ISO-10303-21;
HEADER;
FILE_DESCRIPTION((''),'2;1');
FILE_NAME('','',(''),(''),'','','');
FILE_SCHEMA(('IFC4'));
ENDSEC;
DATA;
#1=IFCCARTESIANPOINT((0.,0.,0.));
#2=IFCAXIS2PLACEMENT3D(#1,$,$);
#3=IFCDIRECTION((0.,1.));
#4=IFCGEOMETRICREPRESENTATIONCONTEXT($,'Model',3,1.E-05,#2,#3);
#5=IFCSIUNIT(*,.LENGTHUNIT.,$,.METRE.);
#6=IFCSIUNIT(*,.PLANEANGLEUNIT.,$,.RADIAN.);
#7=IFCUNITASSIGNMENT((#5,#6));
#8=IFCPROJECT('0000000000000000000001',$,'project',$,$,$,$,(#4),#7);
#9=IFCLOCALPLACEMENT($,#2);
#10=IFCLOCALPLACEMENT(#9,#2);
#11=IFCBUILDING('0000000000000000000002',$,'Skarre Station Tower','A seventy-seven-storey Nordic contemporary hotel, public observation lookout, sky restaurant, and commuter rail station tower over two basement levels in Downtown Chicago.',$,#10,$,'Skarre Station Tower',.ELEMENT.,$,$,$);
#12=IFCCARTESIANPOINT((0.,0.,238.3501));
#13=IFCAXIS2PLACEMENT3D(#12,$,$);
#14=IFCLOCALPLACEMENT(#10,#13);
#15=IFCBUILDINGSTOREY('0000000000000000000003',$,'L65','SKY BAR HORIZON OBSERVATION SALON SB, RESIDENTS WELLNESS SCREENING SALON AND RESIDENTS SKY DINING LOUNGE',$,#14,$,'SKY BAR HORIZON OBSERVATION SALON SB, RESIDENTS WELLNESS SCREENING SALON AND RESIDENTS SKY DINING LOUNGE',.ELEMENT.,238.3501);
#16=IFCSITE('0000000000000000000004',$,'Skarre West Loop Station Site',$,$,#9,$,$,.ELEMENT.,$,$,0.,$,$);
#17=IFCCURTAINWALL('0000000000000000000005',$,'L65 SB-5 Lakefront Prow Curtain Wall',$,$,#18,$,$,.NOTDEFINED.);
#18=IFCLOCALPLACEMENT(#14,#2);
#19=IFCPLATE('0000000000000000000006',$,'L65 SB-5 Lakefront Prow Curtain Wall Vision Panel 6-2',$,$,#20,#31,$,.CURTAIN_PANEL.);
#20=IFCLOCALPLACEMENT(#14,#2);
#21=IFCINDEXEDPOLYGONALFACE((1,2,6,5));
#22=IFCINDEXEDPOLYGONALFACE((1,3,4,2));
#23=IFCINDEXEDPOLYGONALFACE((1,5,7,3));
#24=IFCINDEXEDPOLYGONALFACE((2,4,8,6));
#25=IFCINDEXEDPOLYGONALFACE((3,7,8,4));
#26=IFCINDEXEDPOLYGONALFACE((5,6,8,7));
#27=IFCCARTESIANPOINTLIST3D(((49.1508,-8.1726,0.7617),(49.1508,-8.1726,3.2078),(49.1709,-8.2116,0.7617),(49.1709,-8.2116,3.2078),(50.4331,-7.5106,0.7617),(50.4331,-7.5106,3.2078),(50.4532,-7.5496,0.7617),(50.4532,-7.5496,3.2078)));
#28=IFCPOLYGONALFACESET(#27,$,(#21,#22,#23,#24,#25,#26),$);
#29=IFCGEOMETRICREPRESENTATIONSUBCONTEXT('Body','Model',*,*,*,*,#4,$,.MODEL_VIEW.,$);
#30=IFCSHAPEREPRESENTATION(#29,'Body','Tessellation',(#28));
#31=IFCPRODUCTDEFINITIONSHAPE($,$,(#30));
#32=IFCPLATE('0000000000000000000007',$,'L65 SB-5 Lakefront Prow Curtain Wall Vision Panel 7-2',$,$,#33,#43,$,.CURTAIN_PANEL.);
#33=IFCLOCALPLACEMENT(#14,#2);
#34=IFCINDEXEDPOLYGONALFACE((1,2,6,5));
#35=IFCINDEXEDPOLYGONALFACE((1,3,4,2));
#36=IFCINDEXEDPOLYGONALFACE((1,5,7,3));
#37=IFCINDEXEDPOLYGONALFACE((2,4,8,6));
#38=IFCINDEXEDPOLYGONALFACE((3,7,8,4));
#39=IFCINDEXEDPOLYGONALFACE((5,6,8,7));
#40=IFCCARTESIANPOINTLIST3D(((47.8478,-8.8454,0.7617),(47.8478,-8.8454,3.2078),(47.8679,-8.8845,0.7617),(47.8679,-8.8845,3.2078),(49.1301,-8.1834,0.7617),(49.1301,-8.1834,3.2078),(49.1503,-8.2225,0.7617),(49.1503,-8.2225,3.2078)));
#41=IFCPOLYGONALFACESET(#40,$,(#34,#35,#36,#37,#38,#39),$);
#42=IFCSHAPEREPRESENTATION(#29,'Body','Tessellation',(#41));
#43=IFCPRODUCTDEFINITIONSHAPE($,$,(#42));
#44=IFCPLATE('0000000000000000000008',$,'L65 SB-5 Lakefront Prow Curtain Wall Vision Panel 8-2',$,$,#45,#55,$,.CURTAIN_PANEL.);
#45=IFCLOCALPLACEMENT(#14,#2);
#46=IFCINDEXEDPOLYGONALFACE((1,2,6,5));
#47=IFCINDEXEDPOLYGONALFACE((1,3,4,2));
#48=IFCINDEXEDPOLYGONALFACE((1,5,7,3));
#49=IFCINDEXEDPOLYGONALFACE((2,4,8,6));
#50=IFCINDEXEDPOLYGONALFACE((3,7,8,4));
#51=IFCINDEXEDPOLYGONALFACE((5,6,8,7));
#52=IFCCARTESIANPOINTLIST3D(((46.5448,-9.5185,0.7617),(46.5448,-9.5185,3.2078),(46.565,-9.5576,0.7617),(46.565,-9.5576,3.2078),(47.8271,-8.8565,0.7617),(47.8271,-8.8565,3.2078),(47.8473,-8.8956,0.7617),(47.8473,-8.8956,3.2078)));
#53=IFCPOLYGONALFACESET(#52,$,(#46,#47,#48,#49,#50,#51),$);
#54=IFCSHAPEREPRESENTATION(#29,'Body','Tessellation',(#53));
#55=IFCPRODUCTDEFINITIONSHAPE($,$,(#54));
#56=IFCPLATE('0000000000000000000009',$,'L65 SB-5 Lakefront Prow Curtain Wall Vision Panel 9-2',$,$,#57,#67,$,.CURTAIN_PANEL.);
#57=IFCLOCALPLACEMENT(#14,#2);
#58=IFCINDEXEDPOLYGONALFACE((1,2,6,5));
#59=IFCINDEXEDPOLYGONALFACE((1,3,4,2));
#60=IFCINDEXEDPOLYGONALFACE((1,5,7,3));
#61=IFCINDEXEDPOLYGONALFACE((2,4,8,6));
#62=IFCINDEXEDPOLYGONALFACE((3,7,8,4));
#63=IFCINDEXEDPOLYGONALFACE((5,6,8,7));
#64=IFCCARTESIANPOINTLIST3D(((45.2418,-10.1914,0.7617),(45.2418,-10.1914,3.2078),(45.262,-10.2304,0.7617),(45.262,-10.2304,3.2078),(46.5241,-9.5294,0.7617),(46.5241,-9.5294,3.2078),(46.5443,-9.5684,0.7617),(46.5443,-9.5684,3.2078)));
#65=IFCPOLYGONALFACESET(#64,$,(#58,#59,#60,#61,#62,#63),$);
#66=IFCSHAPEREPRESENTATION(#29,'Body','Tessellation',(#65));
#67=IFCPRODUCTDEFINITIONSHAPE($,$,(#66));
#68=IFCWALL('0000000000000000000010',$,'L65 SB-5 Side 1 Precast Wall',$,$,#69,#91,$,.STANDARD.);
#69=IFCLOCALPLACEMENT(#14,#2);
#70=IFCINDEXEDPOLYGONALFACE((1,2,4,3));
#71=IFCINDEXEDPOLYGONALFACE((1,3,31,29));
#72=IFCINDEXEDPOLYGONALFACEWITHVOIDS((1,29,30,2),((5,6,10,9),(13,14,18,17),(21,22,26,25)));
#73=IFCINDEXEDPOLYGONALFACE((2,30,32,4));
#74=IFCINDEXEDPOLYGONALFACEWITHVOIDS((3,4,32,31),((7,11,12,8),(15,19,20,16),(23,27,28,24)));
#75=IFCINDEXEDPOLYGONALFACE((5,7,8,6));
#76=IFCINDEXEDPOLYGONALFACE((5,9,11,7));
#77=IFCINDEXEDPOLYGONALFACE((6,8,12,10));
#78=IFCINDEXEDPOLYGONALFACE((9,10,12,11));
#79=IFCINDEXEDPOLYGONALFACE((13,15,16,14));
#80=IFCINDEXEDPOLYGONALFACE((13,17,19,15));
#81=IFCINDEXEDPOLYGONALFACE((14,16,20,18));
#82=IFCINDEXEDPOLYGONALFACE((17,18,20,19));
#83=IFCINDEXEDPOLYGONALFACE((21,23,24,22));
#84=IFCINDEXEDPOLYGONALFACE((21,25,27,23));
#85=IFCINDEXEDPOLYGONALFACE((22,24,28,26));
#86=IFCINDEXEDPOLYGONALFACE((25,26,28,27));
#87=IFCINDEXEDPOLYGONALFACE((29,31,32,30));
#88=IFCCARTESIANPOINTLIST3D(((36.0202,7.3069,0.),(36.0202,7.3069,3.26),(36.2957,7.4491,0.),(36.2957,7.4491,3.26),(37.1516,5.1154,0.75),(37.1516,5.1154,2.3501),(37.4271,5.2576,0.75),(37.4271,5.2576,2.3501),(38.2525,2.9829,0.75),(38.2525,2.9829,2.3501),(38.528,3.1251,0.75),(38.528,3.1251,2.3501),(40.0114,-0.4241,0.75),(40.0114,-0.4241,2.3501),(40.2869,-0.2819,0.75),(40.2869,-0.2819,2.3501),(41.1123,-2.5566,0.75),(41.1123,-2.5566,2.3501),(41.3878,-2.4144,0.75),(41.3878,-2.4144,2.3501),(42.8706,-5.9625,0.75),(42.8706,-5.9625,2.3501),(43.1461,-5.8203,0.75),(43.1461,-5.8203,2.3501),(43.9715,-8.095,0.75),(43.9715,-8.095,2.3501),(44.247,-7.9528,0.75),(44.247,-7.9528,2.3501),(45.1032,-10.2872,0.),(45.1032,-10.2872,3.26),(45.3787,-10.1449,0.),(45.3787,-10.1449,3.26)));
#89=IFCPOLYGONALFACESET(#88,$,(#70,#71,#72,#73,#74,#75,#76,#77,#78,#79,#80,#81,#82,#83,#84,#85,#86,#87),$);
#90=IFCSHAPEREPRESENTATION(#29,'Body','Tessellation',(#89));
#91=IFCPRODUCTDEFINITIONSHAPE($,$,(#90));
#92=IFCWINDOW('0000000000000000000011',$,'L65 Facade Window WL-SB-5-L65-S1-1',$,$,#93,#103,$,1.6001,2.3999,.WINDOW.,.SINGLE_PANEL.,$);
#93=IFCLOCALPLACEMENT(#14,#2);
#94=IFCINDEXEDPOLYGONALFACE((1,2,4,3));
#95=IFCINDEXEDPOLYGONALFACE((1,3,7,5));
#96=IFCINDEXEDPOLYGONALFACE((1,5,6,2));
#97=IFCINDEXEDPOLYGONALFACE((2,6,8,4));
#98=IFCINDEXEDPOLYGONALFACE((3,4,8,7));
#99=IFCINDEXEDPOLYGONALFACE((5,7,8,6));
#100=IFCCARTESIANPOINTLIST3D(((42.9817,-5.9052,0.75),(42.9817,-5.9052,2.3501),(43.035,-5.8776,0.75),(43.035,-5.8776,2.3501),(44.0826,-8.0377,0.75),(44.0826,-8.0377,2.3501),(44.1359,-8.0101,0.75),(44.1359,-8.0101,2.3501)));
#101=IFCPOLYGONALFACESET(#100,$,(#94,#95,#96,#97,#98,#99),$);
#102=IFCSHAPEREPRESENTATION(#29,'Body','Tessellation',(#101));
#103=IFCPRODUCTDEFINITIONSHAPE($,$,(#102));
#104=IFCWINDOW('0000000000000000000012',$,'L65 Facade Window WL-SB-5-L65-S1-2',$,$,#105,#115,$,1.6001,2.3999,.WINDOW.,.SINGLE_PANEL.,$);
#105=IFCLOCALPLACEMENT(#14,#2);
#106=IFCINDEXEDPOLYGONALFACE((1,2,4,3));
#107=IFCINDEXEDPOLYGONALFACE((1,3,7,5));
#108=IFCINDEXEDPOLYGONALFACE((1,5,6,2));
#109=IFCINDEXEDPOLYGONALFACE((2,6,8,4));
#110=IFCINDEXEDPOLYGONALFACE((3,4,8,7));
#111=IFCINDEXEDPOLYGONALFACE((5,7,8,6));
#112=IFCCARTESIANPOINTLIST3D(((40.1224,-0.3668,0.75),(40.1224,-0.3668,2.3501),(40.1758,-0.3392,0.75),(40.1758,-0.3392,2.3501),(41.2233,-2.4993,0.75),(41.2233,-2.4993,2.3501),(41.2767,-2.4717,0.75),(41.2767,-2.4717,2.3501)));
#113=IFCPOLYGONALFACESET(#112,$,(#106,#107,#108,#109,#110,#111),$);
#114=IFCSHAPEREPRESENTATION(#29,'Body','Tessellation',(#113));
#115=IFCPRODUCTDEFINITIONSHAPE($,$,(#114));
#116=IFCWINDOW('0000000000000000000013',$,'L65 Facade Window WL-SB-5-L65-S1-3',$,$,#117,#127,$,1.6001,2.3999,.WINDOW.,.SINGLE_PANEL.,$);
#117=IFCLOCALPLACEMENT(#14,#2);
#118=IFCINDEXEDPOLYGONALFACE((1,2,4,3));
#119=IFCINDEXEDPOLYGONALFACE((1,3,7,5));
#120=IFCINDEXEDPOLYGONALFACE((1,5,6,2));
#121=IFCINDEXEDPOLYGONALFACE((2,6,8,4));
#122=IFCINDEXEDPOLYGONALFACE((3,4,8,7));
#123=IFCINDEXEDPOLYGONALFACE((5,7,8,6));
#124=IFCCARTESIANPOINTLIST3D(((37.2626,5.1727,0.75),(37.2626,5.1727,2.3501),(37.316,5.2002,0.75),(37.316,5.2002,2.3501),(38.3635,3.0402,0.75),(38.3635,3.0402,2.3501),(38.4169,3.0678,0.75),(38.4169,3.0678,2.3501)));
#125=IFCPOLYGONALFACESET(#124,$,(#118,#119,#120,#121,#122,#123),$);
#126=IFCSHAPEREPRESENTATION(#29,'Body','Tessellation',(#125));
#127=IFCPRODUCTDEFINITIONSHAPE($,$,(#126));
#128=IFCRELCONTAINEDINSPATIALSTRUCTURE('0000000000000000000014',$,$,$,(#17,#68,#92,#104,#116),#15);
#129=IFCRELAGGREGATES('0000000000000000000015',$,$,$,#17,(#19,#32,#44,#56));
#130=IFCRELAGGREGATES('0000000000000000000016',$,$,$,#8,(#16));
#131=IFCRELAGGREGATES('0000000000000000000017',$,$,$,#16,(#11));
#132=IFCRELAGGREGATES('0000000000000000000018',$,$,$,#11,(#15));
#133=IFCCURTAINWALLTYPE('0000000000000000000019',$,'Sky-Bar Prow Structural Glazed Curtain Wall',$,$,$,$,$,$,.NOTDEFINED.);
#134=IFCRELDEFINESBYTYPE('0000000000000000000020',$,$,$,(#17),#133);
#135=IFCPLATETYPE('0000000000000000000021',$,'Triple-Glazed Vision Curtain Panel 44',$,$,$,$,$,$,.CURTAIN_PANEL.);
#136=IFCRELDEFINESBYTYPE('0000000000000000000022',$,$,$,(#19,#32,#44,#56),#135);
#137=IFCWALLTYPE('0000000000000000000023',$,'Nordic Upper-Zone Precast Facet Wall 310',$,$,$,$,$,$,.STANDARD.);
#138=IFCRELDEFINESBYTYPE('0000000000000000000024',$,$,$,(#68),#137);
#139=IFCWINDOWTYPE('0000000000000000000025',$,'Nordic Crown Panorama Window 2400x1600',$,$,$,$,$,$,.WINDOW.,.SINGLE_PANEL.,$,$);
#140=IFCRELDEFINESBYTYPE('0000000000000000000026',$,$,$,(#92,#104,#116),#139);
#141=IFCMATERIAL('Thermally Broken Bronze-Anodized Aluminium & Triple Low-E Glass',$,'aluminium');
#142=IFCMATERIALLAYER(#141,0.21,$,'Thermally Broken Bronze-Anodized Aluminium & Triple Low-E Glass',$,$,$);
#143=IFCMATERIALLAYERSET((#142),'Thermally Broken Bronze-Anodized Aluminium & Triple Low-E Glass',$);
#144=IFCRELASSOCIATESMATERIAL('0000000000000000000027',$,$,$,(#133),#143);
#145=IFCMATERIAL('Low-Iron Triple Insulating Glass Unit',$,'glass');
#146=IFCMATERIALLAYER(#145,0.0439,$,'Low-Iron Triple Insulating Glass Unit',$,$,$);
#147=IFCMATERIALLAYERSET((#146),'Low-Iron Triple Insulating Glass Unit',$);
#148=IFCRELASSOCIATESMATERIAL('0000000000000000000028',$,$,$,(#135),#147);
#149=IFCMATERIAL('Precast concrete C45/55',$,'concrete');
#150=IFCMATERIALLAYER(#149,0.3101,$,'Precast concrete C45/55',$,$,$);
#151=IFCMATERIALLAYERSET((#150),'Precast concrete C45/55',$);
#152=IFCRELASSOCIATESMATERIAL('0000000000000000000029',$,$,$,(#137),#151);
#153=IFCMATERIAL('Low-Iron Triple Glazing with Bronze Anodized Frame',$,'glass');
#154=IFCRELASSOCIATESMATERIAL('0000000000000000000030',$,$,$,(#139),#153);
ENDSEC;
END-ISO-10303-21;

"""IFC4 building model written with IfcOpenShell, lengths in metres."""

from ifc_helpers import new_model, si_unit, direction, frame, frame_2d, origin, origin_2d, place, context, subcontext, project, spatial, rectangle, extrude, material, layer, layer_set, type_object, element, fill, aggregate, save


model = new_model("IFC4")

# Units and contexts
model_context = context("Model", 3, precision=1e-05, world=origin(), true_north=direction((0.0, 1.0)))
body_context = subcontext(model_context, "Body", "Model", "MODEL_VIEW")
ifc_project = project(units=[si_unit("LENGTHUNIT", "METRE"), si_unit("PLANEANGLEUNIT", "RADIAN")], contexts=[model_context])

# Site, building, storey
site_placement = place(None, origin())
site = spatial("IfcSite", under=ifc_project, at=site_placement, Name="Skarre West Loop Station Site", CompositionType="ELEMENT", RefElevation=0.0)
building_placement = place(site_placement, origin())
building = spatial("IfcBuilding", under=site, at=building_placement, Name="Skarre Station Tower", Description="A seventy-seven-storey Nordic contemporary hotel, public observation lookout, sky restaurant, and commuter rail station tower over two basement levels in Downtown Chicago.", LongName="Skarre Station Tower", CompositionType="ELEMENT")
storey_placement = place(building_placement, frame((0.0, 0.0, 238.3501)))
storey = spatial("IfcBuildingStorey", under=building, at=storey_placement, Name="L65", Description="SKY BAR HORIZON OBSERVATION SALON SB, RESIDENTS WELLNESS SCREENING SALON AND RESIDENTS SKY DINING LOUNGE", LongName="SKY BAR HORIZON OBSERVATION SALON SB, RESIDENTS WELLNESS SCREENING SALON AND RESIDENTS SKY DINING LOUNGE", CompositionType="ELEMENT", Elevation=238.3501)

# Curtain wall
ifc_material_1 = material(Name="Thermally Broken Bronze-Anodized Aluminium & Triple Low-E Glass", Category="aluminium")
ifc_layer_1 = layer(ifc_material_1, 0.21, Name="Thermally Broken Bronze-Anodized Aluminium & Triple Low-E Glass")
ifc_layer_set_1 = layer_set([ifc_layer_1], Name="Thermally Broken Bronze-Anodized Aluminium & Triple Low-E Glass")
curtain_wall_type = type_object("IfcCurtainWallType", Name="Sky-Bar Prow Structural Glazed Curtain Wall", PredefinedType="NOTDEFINED", material=ifc_layer_set_1)
curtain_wall_placement = place(storey_placement, origin())
curtain_wall = element("IfcCurtainWall", 1, at=curtain_wall_placement, inside=storey, type_object=curtain_wall_type, Name="L65 SB-5 Lakefront Prow Curtain Wall", PredefinedType="NOTDEFINED")

# Plates
ifc_material_2 = material(Name="Low-Iron Triple Insulating Glass Unit", Category="glass")
ifc_layer_2 = layer(ifc_material_2, 0.0439, Name="Low-Iron Triple Insulating Glass Unit")
ifc_layer_set_2 = layer_set([ifc_layer_2], Name="Low-Iron Triple Insulating Glass Unit")
plate_type_1 = type_object("IfcPlateType", Name="Triple-Glazed Vision Curtain Panel 44", PredefinedType="CURTAIN_PANEL", material=ifc_layer_set_2)
plate_1_placement = place(storey_placement, frame((49.802, -7.8611, 0.7617), z_axis=(0.0, 0.0, 1.0), x_axis=(-0.888577, -0.458727, 0.0)))
plate_1 = element("IfcPlate", 2, at=plate_1_placement, type_object=plate_type_1, Name="L65 SB-5 Lakefront Prow Curtain Wall Vision Panel 6-2", PredefinedType="CURTAIN_PANEL", context=body_context, shape_type="SweptSolid", body=[
    extrude(rectangle(XDim=1.4431, YDim=0.0439, at=origin_2d()), origin(), (0.0, 0.0, 1.0), 2.446),
])
plate_2_placement = place(storey_placement, frame((48.499, -8.5339, 0.7617), z_axis=(0.0, 0.0, 1.0), x_axis=(-0.888577, -0.458727, 0.0)))
plate_2 = element("IfcPlate", 3, at=plate_2_placement, type_object=plate_type_1, Name="L65 SB-5 Lakefront Prow Curtain Wall Vision Panel 7-2", PredefinedType="CURTAIN_PANEL", context=body_context, shape_type="SweptSolid", body=[
    extrude(rectangle(XDim=1.4431, YDim=0.0439, at=origin_2d()), origin(), (0.0, 0.0, 1.0), 2.446),
])
plate_3_placement = place(storey_placement, frame((47.196, -9.207, 0.7617), z_axis=(0.0, 0.0, 1.0), x_axis=(-0.888577, -0.458727, 0.0)))
plate_3 = element("IfcPlate", 4, at=plate_3_placement, type_object=plate_type_1, Name="L65 SB-5 Lakefront Prow Curtain Wall Vision Panel 8-2", PredefinedType="CURTAIN_PANEL", context=body_context, shape_type="SweptSolid", body=[
    extrude(rectangle(XDim=1.4431, YDim=0.0439, at=origin_2d()), origin(), (0.0, 0.0, 1.0), 2.446),
])
plate_4_placement = place(storey_placement, frame((45.8931, -9.8799, 0.7617), z_axis=(0.0, 0.0, 1.0), x_axis=(-0.888577, -0.458727, 0.0)))
plate_4 = element("IfcPlate", 5, at=plate_4_placement, type_object=plate_type_1, Name="L65 SB-5 Lakefront Prow Curtain Wall Vision Panel 9-2", PredefinedType="CURTAIN_PANEL", context=body_context, shape_type="SweptSolid", body=[
    extrude(rectangle(XDim=1.4431, YDim=0.0439, at=origin_2d()), origin(), (0.0, 0.0, 1.0), 2.446),
])
aggregate(curtain_wall, [plate_1, plate_2, plate_3, plate_4])

# Wall, openings, windows
ifc_material_3 = material(Name="Precast concrete C45/55", Category="concrete")
ifc_layer_3 = layer(ifc_material_3, 0.3101, Name="Precast concrete C45/55")
ifc_layer_set_3 = layer_set([ifc_layer_3], Name="Precast concrete C45/55")
wall_type = type_object("IfcWallType", Name="Nordic Upper-Zone Precast Facet Wall 310", PredefinedType="STANDARD", material=ifc_layer_set_3)
wall_placement = place(storey_placement, frame((45.241, -10.2161, 0.0), z_axis=(0.0, 0.0, 1.0), x_axis=(-0.458732, 0.888575, 0.0)))
wall = element("IfcWall", 6, at=wall_placement, inside=storey, type_object=wall_type, Name="L65 SB-5 Side 1 Precast Wall", PredefinedType="STANDARD", context=body_context, shape_type="SweptSolid", body=[
    extrude(rectangle(XDim=19.8003, YDim=0.3101, at=frame_2d((9.9001, 0.0))), origin(), (0.0, 0.0, 1.0), 3.26),
])
opening_1_placement = place(wall_placement, frame((2.467, 0.0, 0.75)))
opening_1 = element("IfcOpeningElement", 7, at=opening_1_placement, cuts=wall, PredefinedType="OPENING", context=body_context, shape_type="SweptSolid", body=[
    extrude(rectangle(XDim=2.3999, YDim=1.6001, at=frame_2d((1.2, 0.8))), frame((0.0, 0.165, 0.0), z_axis=(0.0, -1.0, 0.0), x_axis=(1.0, 0.0, 0.0)), (0.0, 0.0, 1.0), 0.3301),
])
opening_2_placement = place(wall_placement, frame((8.7, 0.0, 0.75)))
opening_2 = element("IfcOpeningElement", 8, at=opening_2_placement, cuts=wall, PredefinedType="OPENING", context=body_context, shape_type="SweptSolid", body=[
    extrude(rectangle(XDim=2.3999, YDim=1.6001, at=frame_2d((1.2, 0.8))), frame((0.0, 0.165, 0.0), z_axis=(0.0, -1.0, 0.0), x_axis=(1.0, 0.0, 0.0)), (0.0, 0.0, 1.0), 0.3301),
])
opening_3_placement = place(wall_placement, frame((14.9341, 0.0, 0.75)))
opening_3 = element("IfcOpeningElement", 9, at=opening_3_placement, cuts=wall, PredefinedType="OPENING", context=body_context, shape_type="SweptSolid", body=[
    extrude(rectangle(XDim=2.3999, YDim=1.6001, at=frame_2d((1.2, 0.8))), frame((0.0, 0.165, 0.0), z_axis=(0.0, -1.0, 0.0), x_axis=(1.0, 0.0, 0.0)), (0.0, 0.0, 1.0), 0.3301),
])
ifc_material_4 = material(Name="Low-Iron Triple Glazing with Bronze Anodized Frame", Category="glass")
window_type = type_object("IfcWindowType", Name="Nordic Crown Panorama Window 2400x1600", PartitioningType="SINGLE_PANEL", PredefinedType="WINDOW", material=ifc_material_4)
window_1_placement = place(opening_1_placement, origin())
window_1 = element("IfcWindow", 10, at=window_1_placement, inside=storey, type_object=window_type, Name="L65 Facade Window WL-SB-5-L65-S1-1", OverallHeight=1.6001, OverallWidth=2.3999, PartitioningType="SINGLE_PANEL", PredefinedType="WINDOW", context=body_context, shape_type="SweptSolid", body=[
    extrude(rectangle(XDim=2.3999, YDim=1.6001, at=frame_2d((1.2, 0.8))), frame((0.0, 0.03, 0.0), z_axis=(0.0, -1.0, 0.0), x_axis=(1.0, 0.0, 0.0)), (0.0, 0.0, 1.0), 0.0601),
])
fill(opening_1, window_1)
window_2_placement = place(opening_2_placement, origin())
window_2 = element("IfcWindow", 11, at=window_2_placement, inside=storey, type_object=window_type, Name="L65 Facade Window WL-SB-5-L65-S1-2", OverallHeight=1.6001, OverallWidth=2.3999, PartitioningType="SINGLE_PANEL", PredefinedType="WINDOW", context=body_context, shape_type="SweptSolid", body=[
    extrude(rectangle(XDim=2.3999, YDim=1.6001, at=frame_2d((1.2, 0.8))), frame((0.0, 0.03, 0.0), z_axis=(0.0, -1.0, 0.0), x_axis=(1.0, 0.0, 0.0)), (0.0, 0.0, 1.0), 0.0601),
])
fill(opening_2, window_2)
window_3_placement = place(opening_3_placement, origin())
window_3 = element("IfcWindow", 12, at=window_3_placement, inside=storey, type_object=window_type, Name="L65 Facade Window WL-SB-5-L65-S1-3", OverallHeight=1.6001, OverallWidth=2.3999, PartitioningType="SINGLE_PANEL", PredefinedType="WINDOW", context=body_context, shape_type="SweptSolid", body=[
    extrude(rectangle(XDim=2.3999, YDim=1.6001, at=frame_2d((1.2, 0.8))), frame((0.0, 0.03, 0.0), z_axis=(0.0, -1.0, 0.0), x_axis=(1.0, 0.0, 0.0)), (0.0, 0.0, 1.0), 0.0601),
])
fill(opening_3, window_3)

save(model, "model.ifc")
